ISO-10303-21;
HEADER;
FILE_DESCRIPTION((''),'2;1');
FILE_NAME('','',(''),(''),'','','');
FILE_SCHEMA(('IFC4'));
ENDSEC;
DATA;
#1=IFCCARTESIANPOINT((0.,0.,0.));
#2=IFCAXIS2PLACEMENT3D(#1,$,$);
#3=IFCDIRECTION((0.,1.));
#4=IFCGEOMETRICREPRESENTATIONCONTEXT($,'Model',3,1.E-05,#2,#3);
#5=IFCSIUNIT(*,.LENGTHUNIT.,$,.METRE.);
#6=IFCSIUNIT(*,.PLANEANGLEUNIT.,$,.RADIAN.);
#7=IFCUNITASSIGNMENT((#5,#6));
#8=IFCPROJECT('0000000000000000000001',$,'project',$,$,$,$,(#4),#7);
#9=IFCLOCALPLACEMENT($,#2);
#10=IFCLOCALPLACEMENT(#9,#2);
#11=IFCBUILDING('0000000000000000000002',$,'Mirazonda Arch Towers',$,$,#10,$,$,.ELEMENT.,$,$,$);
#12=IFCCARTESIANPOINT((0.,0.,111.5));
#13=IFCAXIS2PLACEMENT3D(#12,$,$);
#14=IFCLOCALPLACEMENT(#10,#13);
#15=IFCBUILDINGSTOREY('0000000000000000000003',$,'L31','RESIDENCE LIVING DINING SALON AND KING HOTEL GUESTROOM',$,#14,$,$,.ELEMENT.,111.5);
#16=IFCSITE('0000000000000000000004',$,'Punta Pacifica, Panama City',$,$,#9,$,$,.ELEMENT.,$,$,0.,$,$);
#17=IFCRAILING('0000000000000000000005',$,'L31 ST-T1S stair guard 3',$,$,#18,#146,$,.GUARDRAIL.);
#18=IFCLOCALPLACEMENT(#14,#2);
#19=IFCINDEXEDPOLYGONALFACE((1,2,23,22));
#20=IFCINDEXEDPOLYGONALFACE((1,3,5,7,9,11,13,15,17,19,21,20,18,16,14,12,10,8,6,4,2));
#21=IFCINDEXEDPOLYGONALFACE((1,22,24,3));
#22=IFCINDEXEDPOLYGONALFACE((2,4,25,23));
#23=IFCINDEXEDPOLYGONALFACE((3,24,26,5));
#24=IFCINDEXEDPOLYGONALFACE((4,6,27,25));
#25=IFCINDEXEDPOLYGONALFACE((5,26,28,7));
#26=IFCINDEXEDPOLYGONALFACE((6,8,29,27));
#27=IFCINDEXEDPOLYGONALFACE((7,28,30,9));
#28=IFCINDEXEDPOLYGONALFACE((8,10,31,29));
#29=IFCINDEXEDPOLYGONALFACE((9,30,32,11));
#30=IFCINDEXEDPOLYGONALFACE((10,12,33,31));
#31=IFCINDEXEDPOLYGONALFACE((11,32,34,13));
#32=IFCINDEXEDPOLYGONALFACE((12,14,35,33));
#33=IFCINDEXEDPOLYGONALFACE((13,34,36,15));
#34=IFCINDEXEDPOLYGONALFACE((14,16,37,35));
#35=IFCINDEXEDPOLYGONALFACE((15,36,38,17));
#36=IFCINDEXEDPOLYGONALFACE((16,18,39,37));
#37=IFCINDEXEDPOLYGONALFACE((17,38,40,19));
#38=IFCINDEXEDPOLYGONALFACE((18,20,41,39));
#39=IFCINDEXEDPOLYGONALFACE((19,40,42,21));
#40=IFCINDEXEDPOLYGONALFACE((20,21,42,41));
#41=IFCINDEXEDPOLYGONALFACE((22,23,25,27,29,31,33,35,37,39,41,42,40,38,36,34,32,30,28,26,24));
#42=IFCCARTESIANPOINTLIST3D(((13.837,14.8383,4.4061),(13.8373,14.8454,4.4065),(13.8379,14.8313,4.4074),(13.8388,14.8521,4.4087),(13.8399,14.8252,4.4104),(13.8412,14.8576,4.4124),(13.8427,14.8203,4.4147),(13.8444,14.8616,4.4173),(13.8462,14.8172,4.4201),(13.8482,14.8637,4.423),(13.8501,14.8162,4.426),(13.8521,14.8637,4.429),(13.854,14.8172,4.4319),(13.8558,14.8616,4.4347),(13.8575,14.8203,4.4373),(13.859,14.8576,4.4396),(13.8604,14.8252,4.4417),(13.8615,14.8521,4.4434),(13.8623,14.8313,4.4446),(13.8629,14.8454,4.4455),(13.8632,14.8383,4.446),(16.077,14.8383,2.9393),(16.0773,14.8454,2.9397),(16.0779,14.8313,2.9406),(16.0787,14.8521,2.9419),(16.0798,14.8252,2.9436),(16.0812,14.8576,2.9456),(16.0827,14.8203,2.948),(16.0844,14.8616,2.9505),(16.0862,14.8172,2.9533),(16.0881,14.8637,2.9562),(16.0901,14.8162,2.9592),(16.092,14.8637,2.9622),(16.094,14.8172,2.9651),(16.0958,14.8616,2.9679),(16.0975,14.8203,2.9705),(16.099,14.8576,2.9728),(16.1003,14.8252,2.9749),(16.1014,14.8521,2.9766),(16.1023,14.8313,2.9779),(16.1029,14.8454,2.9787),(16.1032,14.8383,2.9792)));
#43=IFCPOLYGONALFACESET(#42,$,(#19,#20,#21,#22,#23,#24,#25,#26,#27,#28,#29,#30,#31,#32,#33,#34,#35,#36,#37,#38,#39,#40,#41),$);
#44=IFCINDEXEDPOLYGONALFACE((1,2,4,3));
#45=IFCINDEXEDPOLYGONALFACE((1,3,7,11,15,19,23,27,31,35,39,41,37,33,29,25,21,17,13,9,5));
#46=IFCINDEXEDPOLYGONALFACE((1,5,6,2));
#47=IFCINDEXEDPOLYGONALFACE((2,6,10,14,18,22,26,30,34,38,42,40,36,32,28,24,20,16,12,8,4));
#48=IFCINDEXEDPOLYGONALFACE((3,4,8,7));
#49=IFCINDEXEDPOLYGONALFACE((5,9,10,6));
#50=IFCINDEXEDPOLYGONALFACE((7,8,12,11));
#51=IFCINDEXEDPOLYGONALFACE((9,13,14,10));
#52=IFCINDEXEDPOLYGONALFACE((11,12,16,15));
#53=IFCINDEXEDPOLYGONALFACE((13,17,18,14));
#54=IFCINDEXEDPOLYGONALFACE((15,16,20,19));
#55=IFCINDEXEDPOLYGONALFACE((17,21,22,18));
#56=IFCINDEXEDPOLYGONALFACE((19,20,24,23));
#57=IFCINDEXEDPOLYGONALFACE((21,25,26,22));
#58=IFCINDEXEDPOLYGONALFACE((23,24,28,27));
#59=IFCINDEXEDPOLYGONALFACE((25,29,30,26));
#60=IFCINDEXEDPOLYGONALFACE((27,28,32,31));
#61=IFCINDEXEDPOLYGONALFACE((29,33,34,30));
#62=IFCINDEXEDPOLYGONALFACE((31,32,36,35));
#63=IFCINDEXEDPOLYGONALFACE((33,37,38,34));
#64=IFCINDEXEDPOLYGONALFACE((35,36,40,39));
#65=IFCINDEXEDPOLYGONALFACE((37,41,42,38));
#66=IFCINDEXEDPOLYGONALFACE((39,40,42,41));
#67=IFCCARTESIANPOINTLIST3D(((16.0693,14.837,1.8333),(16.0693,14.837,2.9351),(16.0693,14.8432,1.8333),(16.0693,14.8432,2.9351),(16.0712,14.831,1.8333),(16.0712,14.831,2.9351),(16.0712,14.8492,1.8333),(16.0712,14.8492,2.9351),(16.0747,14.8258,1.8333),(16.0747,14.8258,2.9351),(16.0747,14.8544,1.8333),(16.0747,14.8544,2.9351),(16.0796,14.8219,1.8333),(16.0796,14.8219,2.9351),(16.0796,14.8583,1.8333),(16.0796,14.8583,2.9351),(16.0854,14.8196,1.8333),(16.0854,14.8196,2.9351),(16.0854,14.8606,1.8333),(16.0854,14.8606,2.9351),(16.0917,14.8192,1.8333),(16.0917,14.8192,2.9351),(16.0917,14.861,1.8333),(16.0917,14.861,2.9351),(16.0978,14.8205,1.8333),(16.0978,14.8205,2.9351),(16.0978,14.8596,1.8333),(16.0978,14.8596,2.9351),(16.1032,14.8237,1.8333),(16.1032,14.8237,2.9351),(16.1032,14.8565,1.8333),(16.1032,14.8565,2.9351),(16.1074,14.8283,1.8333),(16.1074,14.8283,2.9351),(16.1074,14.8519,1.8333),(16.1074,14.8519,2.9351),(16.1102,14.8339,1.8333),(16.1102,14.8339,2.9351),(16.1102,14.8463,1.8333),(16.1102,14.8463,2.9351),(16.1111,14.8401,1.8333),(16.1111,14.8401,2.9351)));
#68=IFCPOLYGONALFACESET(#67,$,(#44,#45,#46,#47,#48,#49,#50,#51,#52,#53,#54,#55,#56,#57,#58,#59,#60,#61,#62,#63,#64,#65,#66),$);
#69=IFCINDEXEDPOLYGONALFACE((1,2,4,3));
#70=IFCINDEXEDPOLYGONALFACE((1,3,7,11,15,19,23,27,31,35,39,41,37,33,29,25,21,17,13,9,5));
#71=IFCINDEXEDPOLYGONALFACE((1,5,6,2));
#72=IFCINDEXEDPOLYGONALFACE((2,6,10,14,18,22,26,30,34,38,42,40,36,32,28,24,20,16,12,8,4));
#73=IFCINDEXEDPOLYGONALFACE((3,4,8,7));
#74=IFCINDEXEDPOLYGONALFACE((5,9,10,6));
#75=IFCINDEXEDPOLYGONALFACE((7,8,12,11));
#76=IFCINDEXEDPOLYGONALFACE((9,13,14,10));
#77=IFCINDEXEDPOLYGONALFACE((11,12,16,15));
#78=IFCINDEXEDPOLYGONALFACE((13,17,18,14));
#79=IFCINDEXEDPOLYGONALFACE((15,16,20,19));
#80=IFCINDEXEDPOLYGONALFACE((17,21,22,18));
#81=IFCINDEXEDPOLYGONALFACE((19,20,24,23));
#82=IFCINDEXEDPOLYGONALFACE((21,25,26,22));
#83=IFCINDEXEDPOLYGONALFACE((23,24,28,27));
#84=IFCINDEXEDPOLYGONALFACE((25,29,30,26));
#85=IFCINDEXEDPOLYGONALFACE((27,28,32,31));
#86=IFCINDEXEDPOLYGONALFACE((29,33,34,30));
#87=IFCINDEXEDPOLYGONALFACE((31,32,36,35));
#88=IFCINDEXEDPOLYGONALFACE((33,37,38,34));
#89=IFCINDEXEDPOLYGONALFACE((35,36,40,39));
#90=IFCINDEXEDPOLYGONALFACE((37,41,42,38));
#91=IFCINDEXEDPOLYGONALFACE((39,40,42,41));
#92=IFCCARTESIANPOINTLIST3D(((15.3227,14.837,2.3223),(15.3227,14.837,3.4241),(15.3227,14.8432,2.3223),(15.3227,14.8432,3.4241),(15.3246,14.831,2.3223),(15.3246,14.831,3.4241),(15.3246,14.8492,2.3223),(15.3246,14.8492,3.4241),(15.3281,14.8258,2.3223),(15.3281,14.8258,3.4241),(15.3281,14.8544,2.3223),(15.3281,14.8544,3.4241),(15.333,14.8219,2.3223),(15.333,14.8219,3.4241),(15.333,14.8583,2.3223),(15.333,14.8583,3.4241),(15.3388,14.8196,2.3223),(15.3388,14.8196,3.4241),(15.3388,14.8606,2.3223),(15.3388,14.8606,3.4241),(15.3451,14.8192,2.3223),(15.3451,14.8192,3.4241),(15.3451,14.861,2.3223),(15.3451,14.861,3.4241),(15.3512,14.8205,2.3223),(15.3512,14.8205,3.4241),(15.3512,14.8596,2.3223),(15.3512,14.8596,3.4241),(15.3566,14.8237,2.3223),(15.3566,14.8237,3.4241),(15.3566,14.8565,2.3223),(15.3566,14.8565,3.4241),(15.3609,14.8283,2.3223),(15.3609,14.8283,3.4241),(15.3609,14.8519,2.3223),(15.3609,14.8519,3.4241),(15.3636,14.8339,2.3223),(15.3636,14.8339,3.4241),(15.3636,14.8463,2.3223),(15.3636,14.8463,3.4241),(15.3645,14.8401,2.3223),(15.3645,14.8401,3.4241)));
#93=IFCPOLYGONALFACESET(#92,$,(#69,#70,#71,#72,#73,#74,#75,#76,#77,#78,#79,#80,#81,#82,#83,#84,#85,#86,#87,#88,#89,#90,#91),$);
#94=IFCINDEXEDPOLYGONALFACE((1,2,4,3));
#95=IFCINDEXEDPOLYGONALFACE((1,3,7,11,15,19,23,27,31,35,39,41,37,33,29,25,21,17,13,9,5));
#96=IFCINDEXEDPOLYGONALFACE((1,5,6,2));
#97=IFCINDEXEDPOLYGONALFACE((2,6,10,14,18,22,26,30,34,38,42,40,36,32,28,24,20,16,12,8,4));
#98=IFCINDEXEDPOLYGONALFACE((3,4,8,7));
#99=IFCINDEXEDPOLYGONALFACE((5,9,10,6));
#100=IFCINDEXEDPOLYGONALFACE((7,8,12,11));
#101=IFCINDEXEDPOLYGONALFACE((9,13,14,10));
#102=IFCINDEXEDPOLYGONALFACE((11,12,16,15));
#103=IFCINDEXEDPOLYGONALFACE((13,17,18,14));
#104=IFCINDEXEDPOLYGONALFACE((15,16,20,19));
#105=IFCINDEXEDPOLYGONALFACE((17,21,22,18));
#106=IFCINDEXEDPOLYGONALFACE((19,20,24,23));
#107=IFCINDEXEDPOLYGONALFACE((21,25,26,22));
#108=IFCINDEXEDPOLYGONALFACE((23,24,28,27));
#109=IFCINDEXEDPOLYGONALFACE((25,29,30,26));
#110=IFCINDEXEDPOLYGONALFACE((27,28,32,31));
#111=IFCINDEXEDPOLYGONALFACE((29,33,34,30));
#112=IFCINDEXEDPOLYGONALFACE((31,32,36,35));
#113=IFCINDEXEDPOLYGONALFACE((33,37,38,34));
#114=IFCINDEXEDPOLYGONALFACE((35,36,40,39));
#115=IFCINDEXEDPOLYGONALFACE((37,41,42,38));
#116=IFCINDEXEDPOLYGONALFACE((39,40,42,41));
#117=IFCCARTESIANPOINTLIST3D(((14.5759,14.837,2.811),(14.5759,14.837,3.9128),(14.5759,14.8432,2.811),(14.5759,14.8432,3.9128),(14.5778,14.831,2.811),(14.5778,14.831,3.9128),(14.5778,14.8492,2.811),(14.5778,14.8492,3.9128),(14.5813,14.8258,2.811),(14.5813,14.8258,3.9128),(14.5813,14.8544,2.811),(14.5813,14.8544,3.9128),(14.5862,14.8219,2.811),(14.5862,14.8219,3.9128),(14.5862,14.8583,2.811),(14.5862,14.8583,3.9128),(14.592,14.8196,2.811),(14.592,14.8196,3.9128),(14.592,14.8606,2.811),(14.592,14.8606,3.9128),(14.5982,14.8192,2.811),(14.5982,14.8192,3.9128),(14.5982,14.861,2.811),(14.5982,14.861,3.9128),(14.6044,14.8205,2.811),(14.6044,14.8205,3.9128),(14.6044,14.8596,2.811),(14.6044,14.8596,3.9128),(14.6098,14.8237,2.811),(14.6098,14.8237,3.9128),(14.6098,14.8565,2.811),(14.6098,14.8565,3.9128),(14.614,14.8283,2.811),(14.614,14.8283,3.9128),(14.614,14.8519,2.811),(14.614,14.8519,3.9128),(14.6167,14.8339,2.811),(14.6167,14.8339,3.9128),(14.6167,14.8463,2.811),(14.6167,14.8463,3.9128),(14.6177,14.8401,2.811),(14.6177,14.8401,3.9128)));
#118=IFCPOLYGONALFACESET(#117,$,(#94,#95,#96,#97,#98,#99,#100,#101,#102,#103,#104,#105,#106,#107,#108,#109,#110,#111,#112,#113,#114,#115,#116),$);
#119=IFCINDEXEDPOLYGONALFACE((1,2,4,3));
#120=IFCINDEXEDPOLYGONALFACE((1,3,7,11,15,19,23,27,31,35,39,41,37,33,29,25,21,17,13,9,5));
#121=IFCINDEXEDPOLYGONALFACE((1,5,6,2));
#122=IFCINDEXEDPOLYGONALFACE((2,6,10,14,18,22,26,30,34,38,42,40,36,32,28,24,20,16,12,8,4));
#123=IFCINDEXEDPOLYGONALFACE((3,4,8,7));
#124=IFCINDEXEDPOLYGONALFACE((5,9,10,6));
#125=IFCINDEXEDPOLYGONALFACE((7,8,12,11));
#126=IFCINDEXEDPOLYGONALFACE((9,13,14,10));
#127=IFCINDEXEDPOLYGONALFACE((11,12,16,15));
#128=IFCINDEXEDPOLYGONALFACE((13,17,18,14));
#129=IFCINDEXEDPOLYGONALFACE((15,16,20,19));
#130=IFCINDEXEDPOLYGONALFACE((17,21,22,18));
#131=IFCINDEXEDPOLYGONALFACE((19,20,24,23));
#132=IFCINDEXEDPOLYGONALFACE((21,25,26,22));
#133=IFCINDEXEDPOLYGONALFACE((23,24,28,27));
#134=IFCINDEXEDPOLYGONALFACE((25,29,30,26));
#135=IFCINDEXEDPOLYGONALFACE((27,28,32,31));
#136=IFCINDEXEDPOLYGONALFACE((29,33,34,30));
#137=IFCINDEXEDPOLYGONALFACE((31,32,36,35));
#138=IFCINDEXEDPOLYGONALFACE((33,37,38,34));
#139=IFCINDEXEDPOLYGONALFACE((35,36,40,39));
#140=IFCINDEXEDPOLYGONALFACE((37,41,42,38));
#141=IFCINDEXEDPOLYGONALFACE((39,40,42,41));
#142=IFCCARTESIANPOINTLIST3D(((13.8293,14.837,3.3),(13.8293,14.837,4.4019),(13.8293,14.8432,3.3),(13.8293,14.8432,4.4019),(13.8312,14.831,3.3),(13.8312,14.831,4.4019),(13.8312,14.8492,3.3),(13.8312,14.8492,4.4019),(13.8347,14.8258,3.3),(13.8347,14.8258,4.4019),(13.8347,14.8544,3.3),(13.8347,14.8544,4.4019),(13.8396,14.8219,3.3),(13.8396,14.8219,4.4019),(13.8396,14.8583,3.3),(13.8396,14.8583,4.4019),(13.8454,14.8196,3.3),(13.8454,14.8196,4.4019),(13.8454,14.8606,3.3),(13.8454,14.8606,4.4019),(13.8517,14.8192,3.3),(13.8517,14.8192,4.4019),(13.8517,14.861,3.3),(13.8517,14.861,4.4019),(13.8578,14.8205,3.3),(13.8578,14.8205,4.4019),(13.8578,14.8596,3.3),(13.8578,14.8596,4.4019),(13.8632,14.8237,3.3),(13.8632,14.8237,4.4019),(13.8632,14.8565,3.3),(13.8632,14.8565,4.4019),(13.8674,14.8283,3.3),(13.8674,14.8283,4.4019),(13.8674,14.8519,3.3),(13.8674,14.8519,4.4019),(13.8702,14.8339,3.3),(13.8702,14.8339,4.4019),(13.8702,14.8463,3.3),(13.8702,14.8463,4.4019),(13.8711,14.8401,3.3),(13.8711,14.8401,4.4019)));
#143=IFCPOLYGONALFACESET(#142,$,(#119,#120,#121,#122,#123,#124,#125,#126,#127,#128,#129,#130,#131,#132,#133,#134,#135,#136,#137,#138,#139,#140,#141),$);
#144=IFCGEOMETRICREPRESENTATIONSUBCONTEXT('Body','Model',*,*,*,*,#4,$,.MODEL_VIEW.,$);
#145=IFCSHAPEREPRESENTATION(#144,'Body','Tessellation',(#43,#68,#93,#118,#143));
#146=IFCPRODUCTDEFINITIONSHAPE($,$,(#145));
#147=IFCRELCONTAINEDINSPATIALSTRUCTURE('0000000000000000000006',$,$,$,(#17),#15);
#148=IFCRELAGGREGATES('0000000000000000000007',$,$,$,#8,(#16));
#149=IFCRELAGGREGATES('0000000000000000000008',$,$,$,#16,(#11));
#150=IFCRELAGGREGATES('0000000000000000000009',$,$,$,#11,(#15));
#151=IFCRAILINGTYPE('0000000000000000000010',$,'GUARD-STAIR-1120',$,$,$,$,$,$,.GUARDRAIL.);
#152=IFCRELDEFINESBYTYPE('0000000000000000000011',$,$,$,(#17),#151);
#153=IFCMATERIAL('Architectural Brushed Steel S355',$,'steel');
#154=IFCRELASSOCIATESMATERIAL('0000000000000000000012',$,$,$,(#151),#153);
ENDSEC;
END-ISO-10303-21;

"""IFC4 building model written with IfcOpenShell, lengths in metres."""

from ifc_helpers import new_model, si_unit, direction, frame, origin, origin_2d, place, context, subcontext, project, spatial, circle, extrude, material, type_object, element, save


model = new_model("IFC4")

# Units and contexts
model_context = context("Model", 3, precision=1e-05, world=origin(), true_north=direction((0.0, 1.0)))
body_context = subcontext(model_context, "Body", "Model", "MODEL_VIEW")
ifc_project = project(units=[si_unit("LENGTHUNIT", "METRE"), si_unit("PLANEANGLEUNIT", "RADIAN")], contexts=[model_context])

# Site, building, storey
site_placement = place(None, origin())
site = spatial("IfcSite", under=ifc_project, at=site_placement, Name="Punta Pacifica, Panama City", CompositionType="ELEMENT", RefElevation=0.0)
building_placement = place(site_placement, origin())
building = spatial("IfcBuilding", under=site, at=building_placement, Name="Mirazonda Arch Towers", CompositionType="ELEMENT")
storey_placement = place(building_placement, frame((0.0, 0.0, 111.5)))
storey = spatial("IfcBuildingStorey", under=building, at=storey_placement, Name="L31", Description="RESIDENCE LIVING DINING SALON AND KING HOTEL GUESTROOM", CompositionType="ELEMENT", Elevation=111.5)

# Shared definitions
ifc_material_1 = material(Name="Architectural Brushed Steel S355", Category="steel")

# Railing
railing_type_1 = type_object("IfcRailingType", Name="GUARD-STAIR-1120", PredefinedType="GUARDRAIL", material=ifc_material_1)
railing_1_placement = place(storey_placement, frame((16.0901, 14.8401, 1.8333)))
element("IfcRailing", 1, at=railing_1_placement, inside=storey, type_object=railing_type_1, Name="L31 ST-T1S stair guard 3", PredefinedType="GUARDRAIL", context=body_context, shape_type="SweptSolid", body=[
    extrude(circle(Radius=0.0239, at=origin_2d()), frame((0.0, 0.0, 1.126), z_axis=(-0.836595, 0.0, 0.547822), x_axis=(0.0, -1.0, 0.0)), (0.0, 0.0, 1.0), 2.6775),
    extrude(circle(Radius=0.021, at=origin_2d()), origin(), (0.0, 0.0, 1.0), 1.1018),
    extrude(circle(Radius=0.021, at=origin_2d()), frame((-0.7466, 0.0, 0.489)), (0.0, 0.0, 1.0), 1.1018),
    extrude(circle(Radius=0.021, at=origin_2d()), frame((-1.4934, 0.0, 0.9778)), (0.0, 0.0, 1.0), 1.1018),
    extrude(circle(Radius=0.021, at=origin_2d()), frame((-2.24, 0.0, 1.4668)), (0.0, 0.0, 1.0), 1.1018),
])

save(model, "model.ifc")
